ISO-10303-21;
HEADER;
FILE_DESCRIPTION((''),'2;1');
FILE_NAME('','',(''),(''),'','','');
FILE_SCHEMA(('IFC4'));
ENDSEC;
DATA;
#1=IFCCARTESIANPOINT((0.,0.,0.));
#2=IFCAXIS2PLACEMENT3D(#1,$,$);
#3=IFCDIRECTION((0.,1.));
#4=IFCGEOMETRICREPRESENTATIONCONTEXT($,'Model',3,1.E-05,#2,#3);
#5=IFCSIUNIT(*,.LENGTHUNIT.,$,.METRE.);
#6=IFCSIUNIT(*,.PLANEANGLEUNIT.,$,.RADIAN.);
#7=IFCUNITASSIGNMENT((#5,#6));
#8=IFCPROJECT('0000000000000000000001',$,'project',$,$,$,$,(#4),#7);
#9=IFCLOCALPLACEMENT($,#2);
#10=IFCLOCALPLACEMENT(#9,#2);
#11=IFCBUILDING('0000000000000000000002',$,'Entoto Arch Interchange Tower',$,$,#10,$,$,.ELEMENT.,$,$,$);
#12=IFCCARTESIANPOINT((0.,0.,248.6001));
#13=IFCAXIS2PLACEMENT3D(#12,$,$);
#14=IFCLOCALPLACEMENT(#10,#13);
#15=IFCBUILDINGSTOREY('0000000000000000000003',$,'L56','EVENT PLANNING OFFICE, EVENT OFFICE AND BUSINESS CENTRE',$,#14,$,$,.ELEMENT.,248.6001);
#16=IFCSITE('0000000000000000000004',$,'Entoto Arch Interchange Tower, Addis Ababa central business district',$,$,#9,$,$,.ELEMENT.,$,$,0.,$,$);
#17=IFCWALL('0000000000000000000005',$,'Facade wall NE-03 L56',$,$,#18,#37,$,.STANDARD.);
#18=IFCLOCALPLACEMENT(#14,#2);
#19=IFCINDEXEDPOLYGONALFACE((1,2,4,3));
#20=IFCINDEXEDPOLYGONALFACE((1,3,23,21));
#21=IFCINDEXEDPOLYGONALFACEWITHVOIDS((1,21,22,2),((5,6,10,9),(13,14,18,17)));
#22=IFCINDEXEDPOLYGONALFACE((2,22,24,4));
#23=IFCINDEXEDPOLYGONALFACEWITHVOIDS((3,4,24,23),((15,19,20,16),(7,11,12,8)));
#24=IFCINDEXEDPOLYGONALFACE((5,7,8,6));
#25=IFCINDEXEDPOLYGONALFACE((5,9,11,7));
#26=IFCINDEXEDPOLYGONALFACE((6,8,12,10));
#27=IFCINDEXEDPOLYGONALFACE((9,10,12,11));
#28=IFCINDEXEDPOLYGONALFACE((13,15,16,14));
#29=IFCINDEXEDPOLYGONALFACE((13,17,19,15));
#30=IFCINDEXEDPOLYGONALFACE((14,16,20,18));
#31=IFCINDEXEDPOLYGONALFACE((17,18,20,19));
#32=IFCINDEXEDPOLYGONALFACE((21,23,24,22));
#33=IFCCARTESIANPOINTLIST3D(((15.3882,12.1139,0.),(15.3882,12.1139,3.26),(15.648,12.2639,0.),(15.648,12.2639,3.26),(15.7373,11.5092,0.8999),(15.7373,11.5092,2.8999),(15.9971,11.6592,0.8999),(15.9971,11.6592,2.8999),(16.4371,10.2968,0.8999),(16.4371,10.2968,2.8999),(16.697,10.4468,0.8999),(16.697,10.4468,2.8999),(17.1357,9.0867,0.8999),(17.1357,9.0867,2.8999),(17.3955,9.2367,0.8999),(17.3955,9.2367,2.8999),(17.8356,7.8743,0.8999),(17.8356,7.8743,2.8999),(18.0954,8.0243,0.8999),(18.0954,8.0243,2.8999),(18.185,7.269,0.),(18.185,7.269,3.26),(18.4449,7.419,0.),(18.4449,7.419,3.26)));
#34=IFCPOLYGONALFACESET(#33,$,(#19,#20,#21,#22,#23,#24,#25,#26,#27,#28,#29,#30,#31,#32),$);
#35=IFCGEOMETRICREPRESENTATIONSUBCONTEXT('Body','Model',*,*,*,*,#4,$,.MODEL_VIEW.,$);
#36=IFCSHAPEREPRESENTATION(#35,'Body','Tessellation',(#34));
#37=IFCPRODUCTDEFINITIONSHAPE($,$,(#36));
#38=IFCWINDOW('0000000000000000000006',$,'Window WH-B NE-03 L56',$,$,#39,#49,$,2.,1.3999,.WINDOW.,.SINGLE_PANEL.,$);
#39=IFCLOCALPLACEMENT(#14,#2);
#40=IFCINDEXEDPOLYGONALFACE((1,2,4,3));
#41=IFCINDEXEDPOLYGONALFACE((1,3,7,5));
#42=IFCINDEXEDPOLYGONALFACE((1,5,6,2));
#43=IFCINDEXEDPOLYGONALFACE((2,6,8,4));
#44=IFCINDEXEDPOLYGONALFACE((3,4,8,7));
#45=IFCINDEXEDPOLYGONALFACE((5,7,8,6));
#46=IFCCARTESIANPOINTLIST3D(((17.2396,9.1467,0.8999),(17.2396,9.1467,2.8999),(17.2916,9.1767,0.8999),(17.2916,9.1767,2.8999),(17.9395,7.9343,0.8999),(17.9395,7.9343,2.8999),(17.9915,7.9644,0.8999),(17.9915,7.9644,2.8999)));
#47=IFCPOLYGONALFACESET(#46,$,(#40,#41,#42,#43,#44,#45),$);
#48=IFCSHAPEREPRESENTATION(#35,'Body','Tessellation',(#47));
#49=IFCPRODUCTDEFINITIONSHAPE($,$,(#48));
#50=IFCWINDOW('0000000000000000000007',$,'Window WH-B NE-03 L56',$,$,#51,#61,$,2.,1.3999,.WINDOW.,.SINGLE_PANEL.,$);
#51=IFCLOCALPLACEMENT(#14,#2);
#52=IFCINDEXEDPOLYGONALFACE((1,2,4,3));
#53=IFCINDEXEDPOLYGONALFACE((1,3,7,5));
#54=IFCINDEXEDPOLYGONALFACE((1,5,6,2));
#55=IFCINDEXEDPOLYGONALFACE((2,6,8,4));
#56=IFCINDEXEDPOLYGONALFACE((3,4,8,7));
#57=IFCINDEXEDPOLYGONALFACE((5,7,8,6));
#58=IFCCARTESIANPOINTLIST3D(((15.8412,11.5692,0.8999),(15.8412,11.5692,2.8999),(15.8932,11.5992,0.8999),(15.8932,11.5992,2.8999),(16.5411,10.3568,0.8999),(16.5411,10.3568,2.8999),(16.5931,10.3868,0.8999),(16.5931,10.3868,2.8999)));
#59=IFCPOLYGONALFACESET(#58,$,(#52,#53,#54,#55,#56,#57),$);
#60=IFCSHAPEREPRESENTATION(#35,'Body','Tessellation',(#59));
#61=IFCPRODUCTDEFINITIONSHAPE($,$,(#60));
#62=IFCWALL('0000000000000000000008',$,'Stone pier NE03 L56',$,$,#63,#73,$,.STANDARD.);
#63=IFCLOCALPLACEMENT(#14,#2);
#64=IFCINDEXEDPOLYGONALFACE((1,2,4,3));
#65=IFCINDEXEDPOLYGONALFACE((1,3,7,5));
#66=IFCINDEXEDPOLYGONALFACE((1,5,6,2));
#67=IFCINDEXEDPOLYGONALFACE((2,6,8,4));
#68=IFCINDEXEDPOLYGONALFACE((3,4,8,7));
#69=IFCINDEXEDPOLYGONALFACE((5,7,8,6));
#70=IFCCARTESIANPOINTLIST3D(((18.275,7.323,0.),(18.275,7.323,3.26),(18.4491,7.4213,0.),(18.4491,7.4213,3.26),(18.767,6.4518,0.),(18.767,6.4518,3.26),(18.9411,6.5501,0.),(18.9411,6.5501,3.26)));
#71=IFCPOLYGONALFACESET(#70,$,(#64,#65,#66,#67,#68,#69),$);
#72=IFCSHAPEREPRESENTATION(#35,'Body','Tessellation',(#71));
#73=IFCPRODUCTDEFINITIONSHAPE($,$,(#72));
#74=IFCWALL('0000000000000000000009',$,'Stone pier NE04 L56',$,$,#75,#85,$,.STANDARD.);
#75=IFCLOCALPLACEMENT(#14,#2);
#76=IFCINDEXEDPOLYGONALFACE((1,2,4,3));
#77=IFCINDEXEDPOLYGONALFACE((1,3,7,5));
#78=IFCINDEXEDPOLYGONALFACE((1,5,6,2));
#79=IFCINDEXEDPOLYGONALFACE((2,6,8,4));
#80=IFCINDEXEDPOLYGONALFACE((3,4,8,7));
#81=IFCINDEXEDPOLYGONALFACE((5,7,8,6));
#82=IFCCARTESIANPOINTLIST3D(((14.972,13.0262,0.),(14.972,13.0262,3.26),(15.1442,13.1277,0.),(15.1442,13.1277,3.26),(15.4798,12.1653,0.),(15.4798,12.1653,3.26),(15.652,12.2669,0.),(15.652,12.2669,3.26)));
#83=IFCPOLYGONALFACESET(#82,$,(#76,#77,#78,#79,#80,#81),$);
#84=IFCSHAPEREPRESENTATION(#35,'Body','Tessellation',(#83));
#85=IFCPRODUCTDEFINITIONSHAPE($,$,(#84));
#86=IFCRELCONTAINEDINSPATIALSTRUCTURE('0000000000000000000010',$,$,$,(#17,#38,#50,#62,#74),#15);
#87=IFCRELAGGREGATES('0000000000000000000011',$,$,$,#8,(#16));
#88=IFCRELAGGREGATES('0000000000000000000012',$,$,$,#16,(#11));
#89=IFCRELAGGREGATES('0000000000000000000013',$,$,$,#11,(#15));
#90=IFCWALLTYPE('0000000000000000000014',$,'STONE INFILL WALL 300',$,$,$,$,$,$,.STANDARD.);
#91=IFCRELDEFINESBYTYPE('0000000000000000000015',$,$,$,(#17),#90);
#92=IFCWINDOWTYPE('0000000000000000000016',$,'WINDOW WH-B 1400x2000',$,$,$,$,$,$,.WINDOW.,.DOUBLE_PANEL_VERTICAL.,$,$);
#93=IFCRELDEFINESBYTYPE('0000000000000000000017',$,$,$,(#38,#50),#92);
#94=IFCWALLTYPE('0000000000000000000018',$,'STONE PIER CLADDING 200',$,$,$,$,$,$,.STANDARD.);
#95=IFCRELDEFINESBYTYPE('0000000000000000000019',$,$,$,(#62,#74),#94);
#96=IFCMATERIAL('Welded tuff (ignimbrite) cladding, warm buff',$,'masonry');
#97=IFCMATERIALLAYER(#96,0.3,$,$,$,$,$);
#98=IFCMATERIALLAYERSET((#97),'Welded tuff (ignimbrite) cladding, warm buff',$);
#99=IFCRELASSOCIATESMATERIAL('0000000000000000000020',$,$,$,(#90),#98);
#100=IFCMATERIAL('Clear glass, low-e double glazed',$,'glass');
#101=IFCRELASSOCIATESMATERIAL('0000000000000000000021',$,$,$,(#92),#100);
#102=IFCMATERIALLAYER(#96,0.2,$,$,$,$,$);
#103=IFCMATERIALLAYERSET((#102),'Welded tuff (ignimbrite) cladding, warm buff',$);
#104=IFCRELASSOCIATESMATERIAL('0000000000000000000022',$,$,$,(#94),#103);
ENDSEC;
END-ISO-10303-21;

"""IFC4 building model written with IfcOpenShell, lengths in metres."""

from ifc_helpers import new_model, si_unit, direction, frame, frame_2d, origin, place, context, subcontext, project, spatial, rectangle, extrude, material, layer, layer_set, type_object, element, fill, save


model = new_model("IFC4")

# Units and contexts
model_context = context("Model", 3, precision=1e-05, world=origin(), true_north=direction((0.0, 1.0)))
body_context = subcontext(model_context, "Body", "Model", "MODEL_VIEW")
ifc_project = project(units=[si_unit("LENGTHUNIT", "METRE"), si_unit("PLANEANGLEUNIT", "RADIAN")], contexts=[model_context])

# Site, building, storey
site_placement = place(None, origin())
site = spatial("IfcSite", under=ifc_project, at=site_placement, Name="Entoto Arch Interchange Tower, Addis Ababa central business district", CompositionType="ELEMENT", RefElevation=0.0)
building_placement = place(site_placement, origin())
building = spatial("IfcBuilding", under=site, at=building_placement, Name="Entoto Arch Interchange Tower", CompositionType="ELEMENT")
storey_placement = place(building_placement, frame((0.0, 0.0, 248.6001)))
storey = spatial("IfcBuildingStorey", under=building, at=storey_placement, Name="L56", Description="EVENT PLANNING OFFICE, EVENT OFFICE AND BUSINESS CENTRE", CompositionType="ELEMENT", Elevation=248.6001)

# Wall, openings, windows
ifc_material_1 = material(Name="Welded tuff (ignimbrite) cladding, warm buff", Category="masonry")
ifc_layer_1 = layer(ifc_material_1, 0.3)
ifc_layer_set_1 = layer_set([ifc_layer_1], Name="Welded tuff (ignimbrite) cladding, warm buff")
wall_type_1 = type_object("IfcWallType", Name="STONE INFILL WALL 300", PredefinedType="STANDARD", material=ifc_layer_set_1)
wall_1_placement = place(storey_placement, frame((18.3149, 7.344, 0.0), z_axis=(0.0, 0.0, 1.0), x_axis=(-0.49995, 0.866054, 0.0)))
wall_1 = element("IfcWall", 1, at=wall_1_placement, inside=storey, type_object=wall_type_1, Name="Facade wall NE-03 L56", PredefinedType="STANDARD", context=body_context, shape_type="SweptSolid", body=[
    extrude(rectangle(XDim=5.5942, YDim=0.3, at=frame_2d((2.7971, 0.0))), origin(), (0.0, 0.0, 1.0), 3.26),
])
opening_1_placement = place(wall_1_placement, frame((0.699, 0.0, 0.8999)))
opening_1 = element("IfcOpeningElement", 2, at=opening_1_placement, cuts=wall_1, PredefinedType="OPENING", context=body_context, shape_type="SweptSolid", body=[
    extrude(rectangle(XDim=1.3999, YDim=2.0, at=frame_2d((0.7, 1.0))), frame((0.0, 0.1602, 0.0), z_axis=(0.0, -1.0, 0.0), x_axis=(1.0, 0.0, 0.0)), (0.0, 0.0, 1.0), 0.3201),
])
opening_2_placement = place(wall_1_placement, frame((3.4961, 0.0, 0.8999)))
opening_2 = element("IfcOpeningElement", 3, at=opening_2_placement, cuts=wall_1, PredefinedType="OPENING", context=body_context, shape_type="SweptSolid", body=[
    extrude(rectangle(XDim=1.3999, YDim=2.0, at=frame_2d((0.7, 1.0))), frame((0.0, 0.1602, 0.0), z_axis=(0.0, -1.0, 0.0), x_axis=(1.0, 0.0, 0.0)), (0.0, 0.0, 1.0), 0.3201),
])
ifc_material_2 = material(Name="Clear glass, low-e double glazed", Category="glass")
window_type = type_object("IfcWindowType", Name="WINDOW WH-B 1400x2000", PartitioningType="DOUBLE_PANEL_VERTICAL", PredefinedType="WINDOW", material=ifc_material_2)
window_1_placement = place(opening_1_placement, origin())
window_1 = element("IfcWindow", 4, at=window_1_placement, inside=storey, type_object=window_type, Name="Window WH-B NE-03 L56", OverallHeight=2.0, OverallWidth=1.3999, PartitioningType="SINGLE_PANEL", PredefinedType="WINDOW", context=body_context, shape_type="SweptSolid", body=[
    extrude(rectangle(XDim=1.3999, YDim=2.0, at=frame_2d((0.7, 1.0))), frame((0.0, 0.03, 0.0), z_axis=(0.0, -1.0, 0.0), x_axis=(1.0, 0.0, 0.0)), (0.0, 0.0, 1.0), 0.0601),
])
fill(opening_1, window_1)
window_2_placement = place(opening_2_placement, origin())
window_2 = element("IfcWindow", 5, at=window_2_placement, inside=storey, type_object=window_type, Name="Window WH-B NE-03 L56", OverallHeight=2.0, OverallWidth=1.3999, PartitioningType="SINGLE_PANEL", PredefinedType="WINDOW", context=body_context, shape_type="SweptSolid", body=[
    extrude(rectangle(XDim=1.3999, YDim=2.0, at=frame_2d((0.7, 1.0))), frame((0.0, 0.03, 0.0), z_axis=(0.0, -1.0, 0.0), x_axis=(1.0, 0.0, 0.0)), (0.0, 0.0, 1.0), 0.0601),
])
fill(opening_2, window_2)

# Walls
ifc_layer_2 = layer(ifc_material_1, 0.2)
ifc_layer_set_2 = layer_set([ifc_layer_2], Name="Welded tuff (ignimbrite) cladding, warm buff")
wall_type_2 = type_object("IfcWallType", Name="STONE PIER CLADDING 200", PredefinedType="STANDARD", material=ifc_layer_set_2)
wall_2_placement = place(storey_placement, frame((18.854, 6.501, 0.0), z_axis=(0.0, 0.0, 1.0), x_axis=(-0.491744, 0.87074, 0.0)))
element("IfcWall", 6, at=wall_2_placement, inside=storey, type_object=wall_type_2, Name="Stone pier NE03 L56", PredefinedType="STANDARD", context=body_context, shape_type="SweptSolid", body=[
    extrude(rectangle(XDim=1.0005, YDim=0.2, at=frame_2d((0.5002, 0.0))), origin(), (0.0, 0.0, 1.0), 3.26),
])
wall_3_placement = place(storey_placement, frame((15.5659, 12.2161, 0.0), z_axis=(0.0, 0.0, 1.0), x_axis=(-0.508087, 0.861306, 0.0)))
element("IfcWall", 7, at=wall_3_placement, inside=storey, type_object=wall_type_2, Name="Stone pier NE04 L56", PredefinedType="STANDARD", context=body_context, shape_type="SweptSolid", body=[
    extrude(rectangle(XDim=0.9995, YDim=0.2, at=frame_2d((0.4998, 0.0))), origin(), (0.0, 0.0, 1.0), 3.26),
])

save(model, "model.ifc")
